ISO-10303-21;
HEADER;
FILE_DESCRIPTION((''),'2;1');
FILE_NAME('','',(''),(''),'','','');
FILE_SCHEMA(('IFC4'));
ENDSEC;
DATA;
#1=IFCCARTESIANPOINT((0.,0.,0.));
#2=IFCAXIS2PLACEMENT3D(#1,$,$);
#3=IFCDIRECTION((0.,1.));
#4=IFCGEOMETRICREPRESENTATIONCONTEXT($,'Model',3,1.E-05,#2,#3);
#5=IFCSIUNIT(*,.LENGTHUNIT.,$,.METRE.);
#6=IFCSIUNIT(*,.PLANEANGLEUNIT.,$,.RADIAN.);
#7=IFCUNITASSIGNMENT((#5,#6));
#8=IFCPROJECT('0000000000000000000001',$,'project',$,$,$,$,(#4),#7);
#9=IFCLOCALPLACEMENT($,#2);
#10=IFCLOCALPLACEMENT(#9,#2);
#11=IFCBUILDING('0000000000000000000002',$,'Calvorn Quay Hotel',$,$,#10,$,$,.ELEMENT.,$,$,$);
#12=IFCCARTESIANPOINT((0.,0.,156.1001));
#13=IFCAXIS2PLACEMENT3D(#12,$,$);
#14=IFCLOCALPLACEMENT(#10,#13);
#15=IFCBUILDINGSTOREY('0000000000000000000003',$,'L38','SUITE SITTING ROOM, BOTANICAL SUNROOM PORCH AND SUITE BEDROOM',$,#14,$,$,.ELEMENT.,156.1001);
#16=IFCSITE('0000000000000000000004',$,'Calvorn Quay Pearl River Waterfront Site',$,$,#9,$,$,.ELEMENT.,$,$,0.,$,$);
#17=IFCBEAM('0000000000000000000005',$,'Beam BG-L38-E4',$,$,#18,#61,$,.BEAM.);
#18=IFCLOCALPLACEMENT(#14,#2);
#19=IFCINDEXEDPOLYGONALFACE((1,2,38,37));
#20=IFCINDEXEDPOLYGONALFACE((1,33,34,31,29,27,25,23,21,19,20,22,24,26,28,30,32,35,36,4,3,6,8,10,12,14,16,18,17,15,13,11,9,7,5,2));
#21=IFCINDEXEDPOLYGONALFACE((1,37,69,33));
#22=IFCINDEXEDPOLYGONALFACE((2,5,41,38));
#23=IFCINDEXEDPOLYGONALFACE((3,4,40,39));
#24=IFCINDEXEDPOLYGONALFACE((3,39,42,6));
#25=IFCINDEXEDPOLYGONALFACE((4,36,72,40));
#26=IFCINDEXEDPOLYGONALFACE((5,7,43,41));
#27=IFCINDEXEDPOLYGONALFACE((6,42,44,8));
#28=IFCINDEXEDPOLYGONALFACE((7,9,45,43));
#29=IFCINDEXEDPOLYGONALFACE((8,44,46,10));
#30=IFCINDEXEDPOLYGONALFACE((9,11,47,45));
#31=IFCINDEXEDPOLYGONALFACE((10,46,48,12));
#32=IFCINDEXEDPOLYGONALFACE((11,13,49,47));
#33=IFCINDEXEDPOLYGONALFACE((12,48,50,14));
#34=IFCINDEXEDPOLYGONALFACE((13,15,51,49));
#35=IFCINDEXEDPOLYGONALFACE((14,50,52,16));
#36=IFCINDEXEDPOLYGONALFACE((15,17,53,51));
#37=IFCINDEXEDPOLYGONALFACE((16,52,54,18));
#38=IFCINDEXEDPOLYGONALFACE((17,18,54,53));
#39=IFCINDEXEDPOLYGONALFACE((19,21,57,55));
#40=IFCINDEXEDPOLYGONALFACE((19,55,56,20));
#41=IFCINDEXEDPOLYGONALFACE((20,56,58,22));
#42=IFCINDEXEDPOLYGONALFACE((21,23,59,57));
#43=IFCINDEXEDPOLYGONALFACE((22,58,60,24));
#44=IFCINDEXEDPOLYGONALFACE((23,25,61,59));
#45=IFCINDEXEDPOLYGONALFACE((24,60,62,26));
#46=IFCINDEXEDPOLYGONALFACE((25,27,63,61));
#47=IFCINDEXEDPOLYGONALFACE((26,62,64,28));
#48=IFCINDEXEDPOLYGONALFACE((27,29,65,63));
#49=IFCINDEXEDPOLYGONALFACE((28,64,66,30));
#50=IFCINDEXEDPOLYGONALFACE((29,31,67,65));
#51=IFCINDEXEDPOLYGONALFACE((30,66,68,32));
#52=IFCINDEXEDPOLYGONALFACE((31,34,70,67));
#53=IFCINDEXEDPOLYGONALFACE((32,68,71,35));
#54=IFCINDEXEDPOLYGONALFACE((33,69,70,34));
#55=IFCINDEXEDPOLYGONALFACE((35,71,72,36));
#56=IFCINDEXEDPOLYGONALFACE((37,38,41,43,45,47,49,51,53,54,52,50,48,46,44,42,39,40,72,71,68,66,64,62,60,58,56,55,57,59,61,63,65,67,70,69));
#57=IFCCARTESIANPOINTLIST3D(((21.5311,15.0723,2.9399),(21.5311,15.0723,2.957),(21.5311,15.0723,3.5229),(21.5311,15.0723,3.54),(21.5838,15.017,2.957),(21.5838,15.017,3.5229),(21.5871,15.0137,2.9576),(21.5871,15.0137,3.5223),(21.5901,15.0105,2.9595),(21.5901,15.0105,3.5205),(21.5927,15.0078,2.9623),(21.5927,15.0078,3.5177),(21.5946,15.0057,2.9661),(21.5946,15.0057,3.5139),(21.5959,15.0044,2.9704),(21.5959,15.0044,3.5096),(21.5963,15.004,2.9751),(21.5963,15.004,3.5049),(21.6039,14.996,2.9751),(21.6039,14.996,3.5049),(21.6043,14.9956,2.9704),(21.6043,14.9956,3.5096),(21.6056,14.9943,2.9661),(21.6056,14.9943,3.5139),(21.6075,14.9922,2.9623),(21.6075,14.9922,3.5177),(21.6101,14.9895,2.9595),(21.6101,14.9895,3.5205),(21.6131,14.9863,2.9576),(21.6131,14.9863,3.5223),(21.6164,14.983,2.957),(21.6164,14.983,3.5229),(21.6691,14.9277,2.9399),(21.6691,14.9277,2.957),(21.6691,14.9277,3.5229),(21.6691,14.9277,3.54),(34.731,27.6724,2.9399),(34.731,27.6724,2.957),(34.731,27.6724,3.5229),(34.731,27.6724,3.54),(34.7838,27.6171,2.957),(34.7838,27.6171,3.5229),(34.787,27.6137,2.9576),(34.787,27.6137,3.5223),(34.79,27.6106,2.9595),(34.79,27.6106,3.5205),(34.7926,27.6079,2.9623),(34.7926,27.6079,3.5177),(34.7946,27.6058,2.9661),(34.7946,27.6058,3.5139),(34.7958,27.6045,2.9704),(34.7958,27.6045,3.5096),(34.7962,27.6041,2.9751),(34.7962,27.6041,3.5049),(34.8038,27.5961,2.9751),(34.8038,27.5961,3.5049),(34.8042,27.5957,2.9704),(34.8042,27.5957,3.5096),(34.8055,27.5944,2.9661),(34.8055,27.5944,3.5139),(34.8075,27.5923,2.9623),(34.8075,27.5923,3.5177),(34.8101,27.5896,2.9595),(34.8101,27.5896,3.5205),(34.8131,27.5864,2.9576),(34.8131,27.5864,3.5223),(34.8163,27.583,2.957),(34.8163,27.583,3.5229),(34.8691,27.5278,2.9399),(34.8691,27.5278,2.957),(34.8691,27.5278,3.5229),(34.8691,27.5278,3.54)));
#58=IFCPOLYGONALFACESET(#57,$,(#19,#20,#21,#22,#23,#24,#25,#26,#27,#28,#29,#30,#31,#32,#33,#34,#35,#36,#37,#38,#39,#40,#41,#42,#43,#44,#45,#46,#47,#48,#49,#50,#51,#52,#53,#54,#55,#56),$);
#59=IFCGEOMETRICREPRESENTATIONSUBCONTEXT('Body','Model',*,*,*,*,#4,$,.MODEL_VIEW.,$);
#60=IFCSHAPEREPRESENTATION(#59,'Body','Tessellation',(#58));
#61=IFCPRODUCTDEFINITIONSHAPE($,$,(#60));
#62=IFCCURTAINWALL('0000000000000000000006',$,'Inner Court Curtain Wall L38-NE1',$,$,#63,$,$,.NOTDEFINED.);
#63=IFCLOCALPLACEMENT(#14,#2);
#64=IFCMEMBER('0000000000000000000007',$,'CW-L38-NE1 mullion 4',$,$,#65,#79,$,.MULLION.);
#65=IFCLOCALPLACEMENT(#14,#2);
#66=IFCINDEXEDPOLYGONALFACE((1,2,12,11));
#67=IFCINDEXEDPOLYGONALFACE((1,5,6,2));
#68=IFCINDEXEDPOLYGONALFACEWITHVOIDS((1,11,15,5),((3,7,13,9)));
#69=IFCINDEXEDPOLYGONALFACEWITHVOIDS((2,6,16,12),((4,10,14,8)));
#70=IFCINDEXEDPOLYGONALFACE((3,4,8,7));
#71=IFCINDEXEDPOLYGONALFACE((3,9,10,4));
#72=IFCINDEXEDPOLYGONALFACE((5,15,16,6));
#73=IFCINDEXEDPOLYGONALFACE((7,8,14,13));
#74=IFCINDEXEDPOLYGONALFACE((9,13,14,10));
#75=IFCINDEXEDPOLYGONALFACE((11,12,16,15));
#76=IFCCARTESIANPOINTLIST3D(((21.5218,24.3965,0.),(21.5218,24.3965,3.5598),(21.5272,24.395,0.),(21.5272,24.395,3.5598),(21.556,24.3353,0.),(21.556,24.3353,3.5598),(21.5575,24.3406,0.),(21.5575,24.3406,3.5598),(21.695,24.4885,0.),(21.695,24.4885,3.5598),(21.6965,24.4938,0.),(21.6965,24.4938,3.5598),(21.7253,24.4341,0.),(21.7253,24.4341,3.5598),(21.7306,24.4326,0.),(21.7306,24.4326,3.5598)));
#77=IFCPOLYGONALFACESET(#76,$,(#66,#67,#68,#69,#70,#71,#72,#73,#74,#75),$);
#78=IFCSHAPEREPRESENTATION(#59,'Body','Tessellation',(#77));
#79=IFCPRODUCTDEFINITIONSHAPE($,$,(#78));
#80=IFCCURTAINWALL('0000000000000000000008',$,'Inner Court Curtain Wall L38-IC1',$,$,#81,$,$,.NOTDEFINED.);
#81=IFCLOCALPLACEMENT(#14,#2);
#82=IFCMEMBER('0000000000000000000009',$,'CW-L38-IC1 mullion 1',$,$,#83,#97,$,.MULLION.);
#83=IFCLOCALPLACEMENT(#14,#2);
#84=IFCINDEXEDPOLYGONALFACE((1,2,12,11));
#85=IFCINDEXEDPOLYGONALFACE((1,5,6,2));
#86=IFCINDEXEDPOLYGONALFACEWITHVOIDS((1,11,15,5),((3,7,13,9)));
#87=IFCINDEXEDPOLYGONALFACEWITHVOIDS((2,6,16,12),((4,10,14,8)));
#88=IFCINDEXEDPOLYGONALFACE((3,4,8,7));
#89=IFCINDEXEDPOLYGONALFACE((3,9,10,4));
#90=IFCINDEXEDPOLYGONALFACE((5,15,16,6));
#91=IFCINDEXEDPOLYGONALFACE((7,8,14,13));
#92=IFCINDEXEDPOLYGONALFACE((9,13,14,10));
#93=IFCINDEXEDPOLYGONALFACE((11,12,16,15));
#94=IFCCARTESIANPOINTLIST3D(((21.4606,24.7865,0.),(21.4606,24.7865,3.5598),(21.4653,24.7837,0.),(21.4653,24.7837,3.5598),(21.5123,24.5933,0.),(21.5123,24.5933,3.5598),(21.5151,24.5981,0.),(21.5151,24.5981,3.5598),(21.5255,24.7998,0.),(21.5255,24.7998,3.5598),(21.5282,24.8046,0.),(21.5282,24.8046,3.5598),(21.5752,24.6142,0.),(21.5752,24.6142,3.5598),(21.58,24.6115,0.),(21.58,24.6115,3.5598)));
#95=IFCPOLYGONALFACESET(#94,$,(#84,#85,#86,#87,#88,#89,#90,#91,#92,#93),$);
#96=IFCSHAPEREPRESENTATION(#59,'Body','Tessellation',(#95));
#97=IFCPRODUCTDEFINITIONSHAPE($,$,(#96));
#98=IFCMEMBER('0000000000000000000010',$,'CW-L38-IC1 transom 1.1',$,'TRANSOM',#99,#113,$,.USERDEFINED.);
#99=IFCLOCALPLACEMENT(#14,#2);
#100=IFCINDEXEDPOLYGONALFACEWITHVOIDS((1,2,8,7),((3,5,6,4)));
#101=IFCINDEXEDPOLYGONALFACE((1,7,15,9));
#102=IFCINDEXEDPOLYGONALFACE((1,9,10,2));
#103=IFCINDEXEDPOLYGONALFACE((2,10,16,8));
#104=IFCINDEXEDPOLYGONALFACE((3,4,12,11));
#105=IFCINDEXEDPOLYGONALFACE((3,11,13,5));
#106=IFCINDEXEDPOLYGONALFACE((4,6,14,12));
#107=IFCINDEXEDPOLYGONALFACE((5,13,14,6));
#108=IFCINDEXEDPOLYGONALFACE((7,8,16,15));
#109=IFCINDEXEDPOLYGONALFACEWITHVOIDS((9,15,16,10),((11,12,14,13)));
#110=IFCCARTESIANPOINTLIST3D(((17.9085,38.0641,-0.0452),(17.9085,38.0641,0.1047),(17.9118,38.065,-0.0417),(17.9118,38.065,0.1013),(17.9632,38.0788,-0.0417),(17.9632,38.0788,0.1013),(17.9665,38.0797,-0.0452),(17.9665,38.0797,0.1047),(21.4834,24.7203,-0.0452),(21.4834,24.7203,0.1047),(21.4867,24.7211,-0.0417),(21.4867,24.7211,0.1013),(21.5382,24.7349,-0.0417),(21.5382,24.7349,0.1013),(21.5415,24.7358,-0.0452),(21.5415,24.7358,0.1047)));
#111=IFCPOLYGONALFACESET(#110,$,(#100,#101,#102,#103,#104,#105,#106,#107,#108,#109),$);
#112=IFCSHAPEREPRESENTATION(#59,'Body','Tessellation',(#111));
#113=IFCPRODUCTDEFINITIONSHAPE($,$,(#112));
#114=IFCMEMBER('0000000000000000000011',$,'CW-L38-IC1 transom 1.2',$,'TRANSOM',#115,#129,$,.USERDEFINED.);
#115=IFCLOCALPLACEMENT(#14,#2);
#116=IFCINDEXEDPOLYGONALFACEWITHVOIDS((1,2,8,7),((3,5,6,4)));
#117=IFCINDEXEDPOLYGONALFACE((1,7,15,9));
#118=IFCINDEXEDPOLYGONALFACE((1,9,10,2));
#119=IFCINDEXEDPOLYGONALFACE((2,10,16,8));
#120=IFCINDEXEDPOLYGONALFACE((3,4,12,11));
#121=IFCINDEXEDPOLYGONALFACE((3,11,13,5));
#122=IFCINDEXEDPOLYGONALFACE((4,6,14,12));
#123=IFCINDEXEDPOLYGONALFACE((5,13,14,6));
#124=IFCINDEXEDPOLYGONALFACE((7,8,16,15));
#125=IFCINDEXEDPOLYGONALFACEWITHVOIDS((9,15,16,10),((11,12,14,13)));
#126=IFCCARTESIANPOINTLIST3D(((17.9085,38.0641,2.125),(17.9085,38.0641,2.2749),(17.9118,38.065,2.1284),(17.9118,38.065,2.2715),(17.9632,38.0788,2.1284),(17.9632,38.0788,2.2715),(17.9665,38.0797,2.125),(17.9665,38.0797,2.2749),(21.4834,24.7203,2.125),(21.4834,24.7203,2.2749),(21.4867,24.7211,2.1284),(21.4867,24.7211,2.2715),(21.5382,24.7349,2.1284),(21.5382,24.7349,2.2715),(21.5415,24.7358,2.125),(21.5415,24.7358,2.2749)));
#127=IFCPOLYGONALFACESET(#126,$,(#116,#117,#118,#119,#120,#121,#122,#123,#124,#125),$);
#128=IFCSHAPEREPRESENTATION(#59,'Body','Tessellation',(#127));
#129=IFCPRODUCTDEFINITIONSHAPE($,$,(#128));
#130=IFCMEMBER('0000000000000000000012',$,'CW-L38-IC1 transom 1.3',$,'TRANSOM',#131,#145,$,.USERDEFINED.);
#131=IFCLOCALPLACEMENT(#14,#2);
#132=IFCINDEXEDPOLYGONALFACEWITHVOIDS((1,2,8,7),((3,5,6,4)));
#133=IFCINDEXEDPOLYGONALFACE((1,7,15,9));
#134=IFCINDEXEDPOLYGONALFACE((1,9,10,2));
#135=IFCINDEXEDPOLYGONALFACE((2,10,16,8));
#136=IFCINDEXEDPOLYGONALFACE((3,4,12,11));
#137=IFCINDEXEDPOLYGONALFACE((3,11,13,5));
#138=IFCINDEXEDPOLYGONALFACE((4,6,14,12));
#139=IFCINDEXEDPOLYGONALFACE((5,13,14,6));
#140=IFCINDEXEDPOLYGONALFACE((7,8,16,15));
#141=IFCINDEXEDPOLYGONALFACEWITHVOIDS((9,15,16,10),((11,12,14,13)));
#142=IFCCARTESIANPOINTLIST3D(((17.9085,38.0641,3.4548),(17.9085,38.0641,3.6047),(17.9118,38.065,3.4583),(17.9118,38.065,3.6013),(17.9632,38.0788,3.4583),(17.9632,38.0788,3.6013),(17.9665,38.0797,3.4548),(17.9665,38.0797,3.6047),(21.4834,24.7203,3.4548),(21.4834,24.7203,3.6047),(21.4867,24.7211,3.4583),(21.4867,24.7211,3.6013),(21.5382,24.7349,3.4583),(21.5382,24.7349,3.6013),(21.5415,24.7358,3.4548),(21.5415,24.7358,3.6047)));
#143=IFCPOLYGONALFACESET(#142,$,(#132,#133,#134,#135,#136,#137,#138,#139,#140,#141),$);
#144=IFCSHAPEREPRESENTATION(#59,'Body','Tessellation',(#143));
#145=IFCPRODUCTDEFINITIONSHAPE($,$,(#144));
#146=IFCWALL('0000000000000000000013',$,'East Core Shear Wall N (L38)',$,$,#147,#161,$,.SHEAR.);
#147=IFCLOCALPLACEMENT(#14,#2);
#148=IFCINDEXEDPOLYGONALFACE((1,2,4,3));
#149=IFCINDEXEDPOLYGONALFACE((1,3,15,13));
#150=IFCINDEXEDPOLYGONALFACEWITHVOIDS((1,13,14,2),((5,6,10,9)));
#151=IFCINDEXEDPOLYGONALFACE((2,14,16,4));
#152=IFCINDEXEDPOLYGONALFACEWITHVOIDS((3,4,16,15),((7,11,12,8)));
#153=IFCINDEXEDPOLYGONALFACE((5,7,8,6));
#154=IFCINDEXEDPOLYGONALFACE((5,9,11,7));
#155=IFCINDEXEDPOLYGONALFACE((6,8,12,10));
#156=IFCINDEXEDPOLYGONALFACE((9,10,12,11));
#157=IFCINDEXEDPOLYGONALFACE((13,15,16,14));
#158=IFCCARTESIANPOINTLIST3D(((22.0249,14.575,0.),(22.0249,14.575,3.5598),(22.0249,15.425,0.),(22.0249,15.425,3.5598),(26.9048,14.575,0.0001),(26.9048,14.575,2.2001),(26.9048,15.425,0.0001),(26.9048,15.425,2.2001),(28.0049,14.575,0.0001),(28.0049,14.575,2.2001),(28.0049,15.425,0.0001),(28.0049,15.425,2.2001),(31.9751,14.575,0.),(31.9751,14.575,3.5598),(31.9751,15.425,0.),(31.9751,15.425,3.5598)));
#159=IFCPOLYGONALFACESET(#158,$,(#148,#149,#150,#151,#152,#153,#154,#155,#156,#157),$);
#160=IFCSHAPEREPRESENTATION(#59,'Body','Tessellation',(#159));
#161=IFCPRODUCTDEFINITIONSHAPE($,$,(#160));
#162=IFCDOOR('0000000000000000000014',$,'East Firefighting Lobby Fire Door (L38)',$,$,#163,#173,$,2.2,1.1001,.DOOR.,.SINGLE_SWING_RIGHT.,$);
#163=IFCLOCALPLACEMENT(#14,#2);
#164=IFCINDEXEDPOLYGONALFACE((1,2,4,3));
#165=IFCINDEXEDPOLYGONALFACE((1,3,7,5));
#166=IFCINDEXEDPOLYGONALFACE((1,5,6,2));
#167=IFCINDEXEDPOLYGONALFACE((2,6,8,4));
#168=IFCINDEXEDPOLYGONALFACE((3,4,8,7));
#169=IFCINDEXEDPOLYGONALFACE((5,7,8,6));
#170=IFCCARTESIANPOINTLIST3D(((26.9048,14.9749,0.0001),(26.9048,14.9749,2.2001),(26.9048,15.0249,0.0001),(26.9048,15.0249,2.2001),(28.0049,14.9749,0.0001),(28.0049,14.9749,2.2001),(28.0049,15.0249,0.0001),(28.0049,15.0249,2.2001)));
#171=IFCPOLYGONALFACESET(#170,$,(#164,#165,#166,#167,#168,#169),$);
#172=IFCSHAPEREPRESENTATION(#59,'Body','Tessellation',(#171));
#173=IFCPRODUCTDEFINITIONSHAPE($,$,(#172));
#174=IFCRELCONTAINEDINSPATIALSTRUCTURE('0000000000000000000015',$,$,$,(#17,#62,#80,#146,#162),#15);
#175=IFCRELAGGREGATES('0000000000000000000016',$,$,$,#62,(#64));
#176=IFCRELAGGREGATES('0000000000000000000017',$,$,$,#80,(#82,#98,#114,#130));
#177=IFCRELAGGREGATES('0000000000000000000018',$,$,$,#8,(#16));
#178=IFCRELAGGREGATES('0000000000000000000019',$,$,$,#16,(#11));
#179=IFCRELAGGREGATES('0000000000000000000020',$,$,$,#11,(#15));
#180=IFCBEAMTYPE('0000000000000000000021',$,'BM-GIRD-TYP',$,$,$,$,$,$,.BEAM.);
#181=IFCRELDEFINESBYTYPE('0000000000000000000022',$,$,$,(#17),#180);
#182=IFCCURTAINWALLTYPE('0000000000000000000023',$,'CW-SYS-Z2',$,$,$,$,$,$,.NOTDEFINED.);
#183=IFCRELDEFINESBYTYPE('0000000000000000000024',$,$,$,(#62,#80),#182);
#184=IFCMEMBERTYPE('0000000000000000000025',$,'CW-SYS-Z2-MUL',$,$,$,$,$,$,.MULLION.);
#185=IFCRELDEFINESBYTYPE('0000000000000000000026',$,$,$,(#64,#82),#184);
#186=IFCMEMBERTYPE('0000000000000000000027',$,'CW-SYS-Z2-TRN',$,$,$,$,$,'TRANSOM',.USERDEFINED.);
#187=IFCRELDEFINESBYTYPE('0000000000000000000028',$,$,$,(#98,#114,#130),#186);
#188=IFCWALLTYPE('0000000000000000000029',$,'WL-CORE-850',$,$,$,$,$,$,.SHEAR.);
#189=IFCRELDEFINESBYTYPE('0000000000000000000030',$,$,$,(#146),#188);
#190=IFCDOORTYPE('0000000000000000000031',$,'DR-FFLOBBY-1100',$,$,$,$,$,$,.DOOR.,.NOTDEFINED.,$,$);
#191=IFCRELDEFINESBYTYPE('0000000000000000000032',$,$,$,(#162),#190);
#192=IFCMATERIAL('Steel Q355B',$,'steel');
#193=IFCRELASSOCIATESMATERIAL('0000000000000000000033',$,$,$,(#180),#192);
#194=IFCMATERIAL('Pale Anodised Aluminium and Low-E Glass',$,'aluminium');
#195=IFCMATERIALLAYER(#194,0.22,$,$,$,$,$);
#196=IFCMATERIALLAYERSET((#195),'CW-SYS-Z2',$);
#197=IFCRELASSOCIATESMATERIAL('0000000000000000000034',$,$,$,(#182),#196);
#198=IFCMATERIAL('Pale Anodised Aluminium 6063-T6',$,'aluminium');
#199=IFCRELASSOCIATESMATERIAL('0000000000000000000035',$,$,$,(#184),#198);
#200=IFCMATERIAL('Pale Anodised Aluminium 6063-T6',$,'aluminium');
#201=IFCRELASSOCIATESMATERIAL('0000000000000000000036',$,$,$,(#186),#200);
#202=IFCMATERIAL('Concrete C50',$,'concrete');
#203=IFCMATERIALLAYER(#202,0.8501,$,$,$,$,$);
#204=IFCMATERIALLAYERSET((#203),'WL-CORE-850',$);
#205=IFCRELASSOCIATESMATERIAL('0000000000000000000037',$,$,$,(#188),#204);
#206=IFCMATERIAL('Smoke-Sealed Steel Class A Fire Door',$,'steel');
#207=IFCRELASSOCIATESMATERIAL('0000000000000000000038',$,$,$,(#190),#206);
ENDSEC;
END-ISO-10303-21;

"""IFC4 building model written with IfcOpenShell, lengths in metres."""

from ifc_helpers import new_model, si_unit, direction, frame, frame_2d, origin, origin_2d, place, context, subcontext, project, spatial, rectangle, hollow_rectangle, i_section, extrude, material, layer, layer_set, material_profile, profile_set, type_object, element, fill, aggregate, save


model = new_model("IFC4")

# Units and contexts
model_context = context("Model", 3, precision=1e-05, world=origin(), true_north=direction((0.0, 1.0)))
body_context = subcontext(model_context, "Body", "Model", "MODEL_VIEW")
ifc_project = project(units=[si_unit("LENGTHUNIT", "METRE"), si_unit("PLANEANGLEUNIT", "RADIAN")], contexts=[model_context])

# Site, building, storey
site_placement = place(None, origin())
site = spatial("IfcSite", under=ifc_project, at=site_placement, Name="Calvorn Quay Pearl River Waterfront Site", CompositionType="ELEMENT", RefElevation=0.0)
building_placement = place(site_placement, origin())
building = spatial("IfcBuilding", under=site, at=building_placement, Name="Calvorn Quay Hotel", CompositionType="ELEMENT")
storey_placement = place(building_placement, frame((0.0, 0.0, 156.1001)))
storey = spatial("IfcBuildingStorey", under=building, at=storey_placement, Name="L38", Description="SUITE SITTING ROOM, BOTANICAL SUNROOM PORCH AND SUITE BEDROOM", CompositionType="ELEMENT", Elevation=156.1001)

# Beam
ifc_material_1 = material(Name="Steel Q355B", Category="steel")
ifc_material_profile_1 = material_profile(ifc_material_1, i_section(OverallWidth=0.2, OverallDepth=0.6001, WebThickness=0.011, FlangeThickness=0.0171, FilletRadius=0.0181, at=origin_2d()), Name="HN600x200x11x17")
ifc_profile_set_1 = profile_set([ifc_material_profile_1], Name="Steel Q355B")
beam_type = type_object("IfcBeamType", Name="BM-GIRD-TYP", PredefinedType="BEAM", material=ifc_profile_set_1)
beam_placement = place(storey_placement, frame((21.6001, 15.0, 3.24), z_axis=(0.723352, 0.69048, 0.0), x_axis=(-0.69048, 0.723352, 0.0)))
element("IfcBeam", 1, at=beam_placement, inside=storey, type_object=beam_type, Name="Beam BG-L38-E4", PredefinedType="BEAM", context=body_context, shape_type="SweptSolid", body=[
    extrude(i_section(OverallWidth=0.2, OverallDepth=0.6001, WebThickness=0.011, FlangeThickness=0.0171, FilletRadius=0.0181, at=origin_2d()), origin(), (0.0, 0.0, 1.0), 18.2483),
])

# Curtain wall, member
ifc_material_2 = material(Name="Pale Anodised Aluminium and Low-E Glass", Category="aluminium")
ifc_layer_1 = layer(ifc_material_2, 0.22)
ifc_layer_set_1 = layer_set([ifc_layer_1], Name="CW-SYS-Z2")
curtain_wall_type = type_object("IfcCurtainWallType", Name="CW-SYS-Z2", PredefinedType="NOTDEFINED", material=ifc_layer_set_1)
curtain_wall_1_placement = place(storey_placement, origin())
curtain_wall_1 = element("IfcCurtainWall", 2, at=curtain_wall_1_placement, inside=storey, type_object=curtain_wall_type, Name="Inner Court Curtain Wall L38-NE1", PredefinedType="NOTDEFINED")
ifc_material_3 = material(Name="Pale Anodised Aluminium 6063-T6", Category="aluminium")
ifc_material_profile_2 = material_profile(ifc_material_3, hollow_rectangle(XDim=0.0701, YDim=0.2, WallThickness=0.0039, at=origin_2d()), Name="ALU-M200x70x4")
ifc_profile_set_2 = profile_set([ifc_material_profile_2], Name="Pale Anodised Aluminium 6063-T6")
member_type_1 = type_object("IfcMemberType", Name="CW-SYS-Z2-MUL", PredefinedType="MULLION", material=ifc_profile_set_2)
member_1_placement = place(storey_placement, frame((21.6262, 24.4146, 0.0), z_axis=(0.0, 0.0, 1.0), x_axis=(0.486858, -0.873481, 0.0)))
member_1 = element("IfcMember", 3, at=member_1_placement, type_object=member_type_1, Name="CW-L38-NE1 mullion 4", PredefinedType="MULLION", context=body_context, shape_type="SweptSolid", body=[
    extrude(hollow_rectangle(XDim=0.0701, YDim=0.2, WallThickness=0.0039, at=origin_2d()), origin(), (0.0, 0.0, 1.0), 3.5598),
])
aggregate(curtain_wall_1, [member_1])

# Curtain wall, members
curtain_wall_2_placement = place(storey_placement, origin())
curtain_wall_2 = element("IfcCurtainWall", 4, at=curtain_wall_2_placement, inside=storey, type_object=curtain_wall_type, Name="Inner Court Curtain Wall L38-IC1", PredefinedType="NOTDEFINED")
member_2_placement = place(storey_placement, frame((21.5203, 24.699, 0.0), z_axis=(0.0, 0.0, 1.0), x_axis=(-0.965937, -0.258779, 0.0)))
member_2 = element("IfcMember", 5, at=member_2_placement, type_object=member_type_1, Name="CW-L38-IC1 mullion 1", PredefinedType="MULLION", context=body_context, shape_type="SweptSolid", body=[
    extrude(hollow_rectangle(XDim=0.0701, YDim=0.2, WallThickness=0.0039, at=origin_2d()), origin(), (0.0, 0.0, 1.0), 3.5598),
])
ifc_material_4 = material(Name="Pale Anodised Aluminium 6063-T6", Category="aluminium")
ifc_material_profile_3 = material_profile(ifc_material_4, hollow_rectangle(XDim=0.0601, YDim=0.1499, WallThickness=0.0034, at=origin_2d()), Name="ALU-T150x60x3.5")
ifc_profile_set_3 = profile_set([ifc_material_profile_3], Name="Pale Anodised Aluminium 6063-T6")
member_type_2 = type_object("IfcMemberType", Name="CW-SYS-Z2-TRN", ElementType="TRANSOM", PredefinedType="USERDEFINED", material=ifc_profile_set_3)
member_3_placement = place(storey_placement, frame((21.5125, 24.728, 0.0298), z_axis=(-0.258781, 0.965936, 0.0), x_axis=(-0.965936, -0.258781, 0.0)))
member_3 = element("IfcMember", 6, at=member_3_placement, type_object=member_type_2, Name="CW-L38-IC1 transom 1.1", ObjectType="TRANSOM", PredefinedType="USERDEFINED", context=body_context, shape_type="SweptSolid", body=[
    extrude(hollow_rectangle(XDim=0.0601, YDim=0.1499, WallThickness=0.0034, at=origin_2d()), origin(), (0.0, 0.0, 1.0), 13.8145),
])
member_4_placement = place(storey_placement, frame((21.5125, 24.728, 2.2), z_axis=(-0.258781, 0.965936, 0.0), x_axis=(-0.965936, -0.258781, 0.0)))
member_4 = element("IfcMember", 7, at=member_4_placement, type_object=member_type_2, Name="CW-L38-IC1 transom 1.2", ObjectType="TRANSOM", PredefinedType="USERDEFINED", context=body_context, shape_type="SweptSolid", body=[
    extrude(hollow_rectangle(XDim=0.0601, YDim=0.1499, WallThickness=0.0034, at=origin_2d()), origin(), (0.0, 0.0, 1.0), 13.8145),
])
member_5_placement = place(storey_placement, frame((21.5125, 24.728, 3.5298), z_axis=(-0.258781, 0.965936, 0.0), x_axis=(-0.965936, -0.258781, 0.0)))
member_5 = element("IfcMember", 8, at=member_5_placement, type_object=member_type_2, Name="CW-L38-IC1 transom 1.3", ObjectType="TRANSOM", PredefinedType="USERDEFINED", context=body_context, shape_type="SweptSolid", body=[
    extrude(hollow_rectangle(XDim=0.0601, YDim=0.1499, WallThickness=0.0034, at=origin_2d()), origin(), (0.0, 0.0, 1.0), 13.8145),
])
aggregate(curtain_wall_2, [member_2, member_3, member_4, member_5])

# Wall, opening, door
ifc_material_5 = material(Name="Concrete C50", Category="concrete")
ifc_layer_2 = layer(ifc_material_5, 0.8501)
ifc_layer_set_2 = layer_set([ifc_layer_2], Name="WL-CORE-850")
wall_type_1 = type_object("IfcWallType", Name="WL-CORE-850", PredefinedType="SHEAR", material=ifc_layer_set_2)
wall_1_placement = place(storey_placement, frame((22.0249, 15.0, 0.0), z_axis=(0.0, 0.0, 1.0), x_axis=(1.0, 0.0, 0.0)))
wall_1 = element("IfcWall", 9, at=wall_1_placement, inside=storey, type_object=wall_type_1, Name="East Core Shear Wall N (L38)", PredefinedType="SHEAR", context=body_context, shape_type="SweptSolid", body=[
    extrude(rectangle(XDim=9.9502, YDim=0.8501, at=frame_2d((4.9751, 0.0))), origin(), (0.0, 0.0, 1.0), 3.5598),
])
opening_1_placement = place(wall_1_placement, frame((4.8799, 0.0, 0.0)))
opening_1 = element("IfcOpeningElement", 10, at=opening_1_placement, cuts=wall_1, PredefinedType="OPENING", context=body_context, shape_type="SweptSolid", body=[
    extrude(rectangle(XDim=1.1001, YDim=2.2, at=frame_2d((0.55, 1.1001))), frame((0.0, 0.4351, 0.0), z_axis=(0.0, -1.0, 0.0), x_axis=(1.0, 0.0, 0.0)), (0.0, 0.0, 1.0), 0.8701),
])
ifc_material_6 = material(Name="Smoke-Sealed Steel Class A Fire Door", Category="steel")
door_type_1 = type_object("IfcDoorType", Name="DR-FFLOBBY-1100", OperationType="NOTDEFINED", PredefinedType="DOOR", material=ifc_material_6)
door_1_placement = place(opening_1_placement, origin())
door_1 = element("IfcDoor", 11, at=door_1_placement, inside=storey, type_object=door_type_1, Name="East Firefighting Lobby Fire Door (L38)", OperationType="SINGLE_SWING_RIGHT", OverallHeight=2.2, OverallWidth=1.1001, PredefinedType="DOOR", context=body_context, shape_type="SweptSolid", body=[
    extrude(rectangle(XDim=1.1001, YDim=2.2, at=frame_2d((0.55, 1.1001))), frame((0.0, 0.0249, 0.0), z_axis=(0.0, -1.0, 0.0), x_axis=(1.0, 0.0, 0.0)), (0.0, 0.0, 1.0), 0.05),
])
fill(opening_1, door_1)

save(model, "model.ifc")
